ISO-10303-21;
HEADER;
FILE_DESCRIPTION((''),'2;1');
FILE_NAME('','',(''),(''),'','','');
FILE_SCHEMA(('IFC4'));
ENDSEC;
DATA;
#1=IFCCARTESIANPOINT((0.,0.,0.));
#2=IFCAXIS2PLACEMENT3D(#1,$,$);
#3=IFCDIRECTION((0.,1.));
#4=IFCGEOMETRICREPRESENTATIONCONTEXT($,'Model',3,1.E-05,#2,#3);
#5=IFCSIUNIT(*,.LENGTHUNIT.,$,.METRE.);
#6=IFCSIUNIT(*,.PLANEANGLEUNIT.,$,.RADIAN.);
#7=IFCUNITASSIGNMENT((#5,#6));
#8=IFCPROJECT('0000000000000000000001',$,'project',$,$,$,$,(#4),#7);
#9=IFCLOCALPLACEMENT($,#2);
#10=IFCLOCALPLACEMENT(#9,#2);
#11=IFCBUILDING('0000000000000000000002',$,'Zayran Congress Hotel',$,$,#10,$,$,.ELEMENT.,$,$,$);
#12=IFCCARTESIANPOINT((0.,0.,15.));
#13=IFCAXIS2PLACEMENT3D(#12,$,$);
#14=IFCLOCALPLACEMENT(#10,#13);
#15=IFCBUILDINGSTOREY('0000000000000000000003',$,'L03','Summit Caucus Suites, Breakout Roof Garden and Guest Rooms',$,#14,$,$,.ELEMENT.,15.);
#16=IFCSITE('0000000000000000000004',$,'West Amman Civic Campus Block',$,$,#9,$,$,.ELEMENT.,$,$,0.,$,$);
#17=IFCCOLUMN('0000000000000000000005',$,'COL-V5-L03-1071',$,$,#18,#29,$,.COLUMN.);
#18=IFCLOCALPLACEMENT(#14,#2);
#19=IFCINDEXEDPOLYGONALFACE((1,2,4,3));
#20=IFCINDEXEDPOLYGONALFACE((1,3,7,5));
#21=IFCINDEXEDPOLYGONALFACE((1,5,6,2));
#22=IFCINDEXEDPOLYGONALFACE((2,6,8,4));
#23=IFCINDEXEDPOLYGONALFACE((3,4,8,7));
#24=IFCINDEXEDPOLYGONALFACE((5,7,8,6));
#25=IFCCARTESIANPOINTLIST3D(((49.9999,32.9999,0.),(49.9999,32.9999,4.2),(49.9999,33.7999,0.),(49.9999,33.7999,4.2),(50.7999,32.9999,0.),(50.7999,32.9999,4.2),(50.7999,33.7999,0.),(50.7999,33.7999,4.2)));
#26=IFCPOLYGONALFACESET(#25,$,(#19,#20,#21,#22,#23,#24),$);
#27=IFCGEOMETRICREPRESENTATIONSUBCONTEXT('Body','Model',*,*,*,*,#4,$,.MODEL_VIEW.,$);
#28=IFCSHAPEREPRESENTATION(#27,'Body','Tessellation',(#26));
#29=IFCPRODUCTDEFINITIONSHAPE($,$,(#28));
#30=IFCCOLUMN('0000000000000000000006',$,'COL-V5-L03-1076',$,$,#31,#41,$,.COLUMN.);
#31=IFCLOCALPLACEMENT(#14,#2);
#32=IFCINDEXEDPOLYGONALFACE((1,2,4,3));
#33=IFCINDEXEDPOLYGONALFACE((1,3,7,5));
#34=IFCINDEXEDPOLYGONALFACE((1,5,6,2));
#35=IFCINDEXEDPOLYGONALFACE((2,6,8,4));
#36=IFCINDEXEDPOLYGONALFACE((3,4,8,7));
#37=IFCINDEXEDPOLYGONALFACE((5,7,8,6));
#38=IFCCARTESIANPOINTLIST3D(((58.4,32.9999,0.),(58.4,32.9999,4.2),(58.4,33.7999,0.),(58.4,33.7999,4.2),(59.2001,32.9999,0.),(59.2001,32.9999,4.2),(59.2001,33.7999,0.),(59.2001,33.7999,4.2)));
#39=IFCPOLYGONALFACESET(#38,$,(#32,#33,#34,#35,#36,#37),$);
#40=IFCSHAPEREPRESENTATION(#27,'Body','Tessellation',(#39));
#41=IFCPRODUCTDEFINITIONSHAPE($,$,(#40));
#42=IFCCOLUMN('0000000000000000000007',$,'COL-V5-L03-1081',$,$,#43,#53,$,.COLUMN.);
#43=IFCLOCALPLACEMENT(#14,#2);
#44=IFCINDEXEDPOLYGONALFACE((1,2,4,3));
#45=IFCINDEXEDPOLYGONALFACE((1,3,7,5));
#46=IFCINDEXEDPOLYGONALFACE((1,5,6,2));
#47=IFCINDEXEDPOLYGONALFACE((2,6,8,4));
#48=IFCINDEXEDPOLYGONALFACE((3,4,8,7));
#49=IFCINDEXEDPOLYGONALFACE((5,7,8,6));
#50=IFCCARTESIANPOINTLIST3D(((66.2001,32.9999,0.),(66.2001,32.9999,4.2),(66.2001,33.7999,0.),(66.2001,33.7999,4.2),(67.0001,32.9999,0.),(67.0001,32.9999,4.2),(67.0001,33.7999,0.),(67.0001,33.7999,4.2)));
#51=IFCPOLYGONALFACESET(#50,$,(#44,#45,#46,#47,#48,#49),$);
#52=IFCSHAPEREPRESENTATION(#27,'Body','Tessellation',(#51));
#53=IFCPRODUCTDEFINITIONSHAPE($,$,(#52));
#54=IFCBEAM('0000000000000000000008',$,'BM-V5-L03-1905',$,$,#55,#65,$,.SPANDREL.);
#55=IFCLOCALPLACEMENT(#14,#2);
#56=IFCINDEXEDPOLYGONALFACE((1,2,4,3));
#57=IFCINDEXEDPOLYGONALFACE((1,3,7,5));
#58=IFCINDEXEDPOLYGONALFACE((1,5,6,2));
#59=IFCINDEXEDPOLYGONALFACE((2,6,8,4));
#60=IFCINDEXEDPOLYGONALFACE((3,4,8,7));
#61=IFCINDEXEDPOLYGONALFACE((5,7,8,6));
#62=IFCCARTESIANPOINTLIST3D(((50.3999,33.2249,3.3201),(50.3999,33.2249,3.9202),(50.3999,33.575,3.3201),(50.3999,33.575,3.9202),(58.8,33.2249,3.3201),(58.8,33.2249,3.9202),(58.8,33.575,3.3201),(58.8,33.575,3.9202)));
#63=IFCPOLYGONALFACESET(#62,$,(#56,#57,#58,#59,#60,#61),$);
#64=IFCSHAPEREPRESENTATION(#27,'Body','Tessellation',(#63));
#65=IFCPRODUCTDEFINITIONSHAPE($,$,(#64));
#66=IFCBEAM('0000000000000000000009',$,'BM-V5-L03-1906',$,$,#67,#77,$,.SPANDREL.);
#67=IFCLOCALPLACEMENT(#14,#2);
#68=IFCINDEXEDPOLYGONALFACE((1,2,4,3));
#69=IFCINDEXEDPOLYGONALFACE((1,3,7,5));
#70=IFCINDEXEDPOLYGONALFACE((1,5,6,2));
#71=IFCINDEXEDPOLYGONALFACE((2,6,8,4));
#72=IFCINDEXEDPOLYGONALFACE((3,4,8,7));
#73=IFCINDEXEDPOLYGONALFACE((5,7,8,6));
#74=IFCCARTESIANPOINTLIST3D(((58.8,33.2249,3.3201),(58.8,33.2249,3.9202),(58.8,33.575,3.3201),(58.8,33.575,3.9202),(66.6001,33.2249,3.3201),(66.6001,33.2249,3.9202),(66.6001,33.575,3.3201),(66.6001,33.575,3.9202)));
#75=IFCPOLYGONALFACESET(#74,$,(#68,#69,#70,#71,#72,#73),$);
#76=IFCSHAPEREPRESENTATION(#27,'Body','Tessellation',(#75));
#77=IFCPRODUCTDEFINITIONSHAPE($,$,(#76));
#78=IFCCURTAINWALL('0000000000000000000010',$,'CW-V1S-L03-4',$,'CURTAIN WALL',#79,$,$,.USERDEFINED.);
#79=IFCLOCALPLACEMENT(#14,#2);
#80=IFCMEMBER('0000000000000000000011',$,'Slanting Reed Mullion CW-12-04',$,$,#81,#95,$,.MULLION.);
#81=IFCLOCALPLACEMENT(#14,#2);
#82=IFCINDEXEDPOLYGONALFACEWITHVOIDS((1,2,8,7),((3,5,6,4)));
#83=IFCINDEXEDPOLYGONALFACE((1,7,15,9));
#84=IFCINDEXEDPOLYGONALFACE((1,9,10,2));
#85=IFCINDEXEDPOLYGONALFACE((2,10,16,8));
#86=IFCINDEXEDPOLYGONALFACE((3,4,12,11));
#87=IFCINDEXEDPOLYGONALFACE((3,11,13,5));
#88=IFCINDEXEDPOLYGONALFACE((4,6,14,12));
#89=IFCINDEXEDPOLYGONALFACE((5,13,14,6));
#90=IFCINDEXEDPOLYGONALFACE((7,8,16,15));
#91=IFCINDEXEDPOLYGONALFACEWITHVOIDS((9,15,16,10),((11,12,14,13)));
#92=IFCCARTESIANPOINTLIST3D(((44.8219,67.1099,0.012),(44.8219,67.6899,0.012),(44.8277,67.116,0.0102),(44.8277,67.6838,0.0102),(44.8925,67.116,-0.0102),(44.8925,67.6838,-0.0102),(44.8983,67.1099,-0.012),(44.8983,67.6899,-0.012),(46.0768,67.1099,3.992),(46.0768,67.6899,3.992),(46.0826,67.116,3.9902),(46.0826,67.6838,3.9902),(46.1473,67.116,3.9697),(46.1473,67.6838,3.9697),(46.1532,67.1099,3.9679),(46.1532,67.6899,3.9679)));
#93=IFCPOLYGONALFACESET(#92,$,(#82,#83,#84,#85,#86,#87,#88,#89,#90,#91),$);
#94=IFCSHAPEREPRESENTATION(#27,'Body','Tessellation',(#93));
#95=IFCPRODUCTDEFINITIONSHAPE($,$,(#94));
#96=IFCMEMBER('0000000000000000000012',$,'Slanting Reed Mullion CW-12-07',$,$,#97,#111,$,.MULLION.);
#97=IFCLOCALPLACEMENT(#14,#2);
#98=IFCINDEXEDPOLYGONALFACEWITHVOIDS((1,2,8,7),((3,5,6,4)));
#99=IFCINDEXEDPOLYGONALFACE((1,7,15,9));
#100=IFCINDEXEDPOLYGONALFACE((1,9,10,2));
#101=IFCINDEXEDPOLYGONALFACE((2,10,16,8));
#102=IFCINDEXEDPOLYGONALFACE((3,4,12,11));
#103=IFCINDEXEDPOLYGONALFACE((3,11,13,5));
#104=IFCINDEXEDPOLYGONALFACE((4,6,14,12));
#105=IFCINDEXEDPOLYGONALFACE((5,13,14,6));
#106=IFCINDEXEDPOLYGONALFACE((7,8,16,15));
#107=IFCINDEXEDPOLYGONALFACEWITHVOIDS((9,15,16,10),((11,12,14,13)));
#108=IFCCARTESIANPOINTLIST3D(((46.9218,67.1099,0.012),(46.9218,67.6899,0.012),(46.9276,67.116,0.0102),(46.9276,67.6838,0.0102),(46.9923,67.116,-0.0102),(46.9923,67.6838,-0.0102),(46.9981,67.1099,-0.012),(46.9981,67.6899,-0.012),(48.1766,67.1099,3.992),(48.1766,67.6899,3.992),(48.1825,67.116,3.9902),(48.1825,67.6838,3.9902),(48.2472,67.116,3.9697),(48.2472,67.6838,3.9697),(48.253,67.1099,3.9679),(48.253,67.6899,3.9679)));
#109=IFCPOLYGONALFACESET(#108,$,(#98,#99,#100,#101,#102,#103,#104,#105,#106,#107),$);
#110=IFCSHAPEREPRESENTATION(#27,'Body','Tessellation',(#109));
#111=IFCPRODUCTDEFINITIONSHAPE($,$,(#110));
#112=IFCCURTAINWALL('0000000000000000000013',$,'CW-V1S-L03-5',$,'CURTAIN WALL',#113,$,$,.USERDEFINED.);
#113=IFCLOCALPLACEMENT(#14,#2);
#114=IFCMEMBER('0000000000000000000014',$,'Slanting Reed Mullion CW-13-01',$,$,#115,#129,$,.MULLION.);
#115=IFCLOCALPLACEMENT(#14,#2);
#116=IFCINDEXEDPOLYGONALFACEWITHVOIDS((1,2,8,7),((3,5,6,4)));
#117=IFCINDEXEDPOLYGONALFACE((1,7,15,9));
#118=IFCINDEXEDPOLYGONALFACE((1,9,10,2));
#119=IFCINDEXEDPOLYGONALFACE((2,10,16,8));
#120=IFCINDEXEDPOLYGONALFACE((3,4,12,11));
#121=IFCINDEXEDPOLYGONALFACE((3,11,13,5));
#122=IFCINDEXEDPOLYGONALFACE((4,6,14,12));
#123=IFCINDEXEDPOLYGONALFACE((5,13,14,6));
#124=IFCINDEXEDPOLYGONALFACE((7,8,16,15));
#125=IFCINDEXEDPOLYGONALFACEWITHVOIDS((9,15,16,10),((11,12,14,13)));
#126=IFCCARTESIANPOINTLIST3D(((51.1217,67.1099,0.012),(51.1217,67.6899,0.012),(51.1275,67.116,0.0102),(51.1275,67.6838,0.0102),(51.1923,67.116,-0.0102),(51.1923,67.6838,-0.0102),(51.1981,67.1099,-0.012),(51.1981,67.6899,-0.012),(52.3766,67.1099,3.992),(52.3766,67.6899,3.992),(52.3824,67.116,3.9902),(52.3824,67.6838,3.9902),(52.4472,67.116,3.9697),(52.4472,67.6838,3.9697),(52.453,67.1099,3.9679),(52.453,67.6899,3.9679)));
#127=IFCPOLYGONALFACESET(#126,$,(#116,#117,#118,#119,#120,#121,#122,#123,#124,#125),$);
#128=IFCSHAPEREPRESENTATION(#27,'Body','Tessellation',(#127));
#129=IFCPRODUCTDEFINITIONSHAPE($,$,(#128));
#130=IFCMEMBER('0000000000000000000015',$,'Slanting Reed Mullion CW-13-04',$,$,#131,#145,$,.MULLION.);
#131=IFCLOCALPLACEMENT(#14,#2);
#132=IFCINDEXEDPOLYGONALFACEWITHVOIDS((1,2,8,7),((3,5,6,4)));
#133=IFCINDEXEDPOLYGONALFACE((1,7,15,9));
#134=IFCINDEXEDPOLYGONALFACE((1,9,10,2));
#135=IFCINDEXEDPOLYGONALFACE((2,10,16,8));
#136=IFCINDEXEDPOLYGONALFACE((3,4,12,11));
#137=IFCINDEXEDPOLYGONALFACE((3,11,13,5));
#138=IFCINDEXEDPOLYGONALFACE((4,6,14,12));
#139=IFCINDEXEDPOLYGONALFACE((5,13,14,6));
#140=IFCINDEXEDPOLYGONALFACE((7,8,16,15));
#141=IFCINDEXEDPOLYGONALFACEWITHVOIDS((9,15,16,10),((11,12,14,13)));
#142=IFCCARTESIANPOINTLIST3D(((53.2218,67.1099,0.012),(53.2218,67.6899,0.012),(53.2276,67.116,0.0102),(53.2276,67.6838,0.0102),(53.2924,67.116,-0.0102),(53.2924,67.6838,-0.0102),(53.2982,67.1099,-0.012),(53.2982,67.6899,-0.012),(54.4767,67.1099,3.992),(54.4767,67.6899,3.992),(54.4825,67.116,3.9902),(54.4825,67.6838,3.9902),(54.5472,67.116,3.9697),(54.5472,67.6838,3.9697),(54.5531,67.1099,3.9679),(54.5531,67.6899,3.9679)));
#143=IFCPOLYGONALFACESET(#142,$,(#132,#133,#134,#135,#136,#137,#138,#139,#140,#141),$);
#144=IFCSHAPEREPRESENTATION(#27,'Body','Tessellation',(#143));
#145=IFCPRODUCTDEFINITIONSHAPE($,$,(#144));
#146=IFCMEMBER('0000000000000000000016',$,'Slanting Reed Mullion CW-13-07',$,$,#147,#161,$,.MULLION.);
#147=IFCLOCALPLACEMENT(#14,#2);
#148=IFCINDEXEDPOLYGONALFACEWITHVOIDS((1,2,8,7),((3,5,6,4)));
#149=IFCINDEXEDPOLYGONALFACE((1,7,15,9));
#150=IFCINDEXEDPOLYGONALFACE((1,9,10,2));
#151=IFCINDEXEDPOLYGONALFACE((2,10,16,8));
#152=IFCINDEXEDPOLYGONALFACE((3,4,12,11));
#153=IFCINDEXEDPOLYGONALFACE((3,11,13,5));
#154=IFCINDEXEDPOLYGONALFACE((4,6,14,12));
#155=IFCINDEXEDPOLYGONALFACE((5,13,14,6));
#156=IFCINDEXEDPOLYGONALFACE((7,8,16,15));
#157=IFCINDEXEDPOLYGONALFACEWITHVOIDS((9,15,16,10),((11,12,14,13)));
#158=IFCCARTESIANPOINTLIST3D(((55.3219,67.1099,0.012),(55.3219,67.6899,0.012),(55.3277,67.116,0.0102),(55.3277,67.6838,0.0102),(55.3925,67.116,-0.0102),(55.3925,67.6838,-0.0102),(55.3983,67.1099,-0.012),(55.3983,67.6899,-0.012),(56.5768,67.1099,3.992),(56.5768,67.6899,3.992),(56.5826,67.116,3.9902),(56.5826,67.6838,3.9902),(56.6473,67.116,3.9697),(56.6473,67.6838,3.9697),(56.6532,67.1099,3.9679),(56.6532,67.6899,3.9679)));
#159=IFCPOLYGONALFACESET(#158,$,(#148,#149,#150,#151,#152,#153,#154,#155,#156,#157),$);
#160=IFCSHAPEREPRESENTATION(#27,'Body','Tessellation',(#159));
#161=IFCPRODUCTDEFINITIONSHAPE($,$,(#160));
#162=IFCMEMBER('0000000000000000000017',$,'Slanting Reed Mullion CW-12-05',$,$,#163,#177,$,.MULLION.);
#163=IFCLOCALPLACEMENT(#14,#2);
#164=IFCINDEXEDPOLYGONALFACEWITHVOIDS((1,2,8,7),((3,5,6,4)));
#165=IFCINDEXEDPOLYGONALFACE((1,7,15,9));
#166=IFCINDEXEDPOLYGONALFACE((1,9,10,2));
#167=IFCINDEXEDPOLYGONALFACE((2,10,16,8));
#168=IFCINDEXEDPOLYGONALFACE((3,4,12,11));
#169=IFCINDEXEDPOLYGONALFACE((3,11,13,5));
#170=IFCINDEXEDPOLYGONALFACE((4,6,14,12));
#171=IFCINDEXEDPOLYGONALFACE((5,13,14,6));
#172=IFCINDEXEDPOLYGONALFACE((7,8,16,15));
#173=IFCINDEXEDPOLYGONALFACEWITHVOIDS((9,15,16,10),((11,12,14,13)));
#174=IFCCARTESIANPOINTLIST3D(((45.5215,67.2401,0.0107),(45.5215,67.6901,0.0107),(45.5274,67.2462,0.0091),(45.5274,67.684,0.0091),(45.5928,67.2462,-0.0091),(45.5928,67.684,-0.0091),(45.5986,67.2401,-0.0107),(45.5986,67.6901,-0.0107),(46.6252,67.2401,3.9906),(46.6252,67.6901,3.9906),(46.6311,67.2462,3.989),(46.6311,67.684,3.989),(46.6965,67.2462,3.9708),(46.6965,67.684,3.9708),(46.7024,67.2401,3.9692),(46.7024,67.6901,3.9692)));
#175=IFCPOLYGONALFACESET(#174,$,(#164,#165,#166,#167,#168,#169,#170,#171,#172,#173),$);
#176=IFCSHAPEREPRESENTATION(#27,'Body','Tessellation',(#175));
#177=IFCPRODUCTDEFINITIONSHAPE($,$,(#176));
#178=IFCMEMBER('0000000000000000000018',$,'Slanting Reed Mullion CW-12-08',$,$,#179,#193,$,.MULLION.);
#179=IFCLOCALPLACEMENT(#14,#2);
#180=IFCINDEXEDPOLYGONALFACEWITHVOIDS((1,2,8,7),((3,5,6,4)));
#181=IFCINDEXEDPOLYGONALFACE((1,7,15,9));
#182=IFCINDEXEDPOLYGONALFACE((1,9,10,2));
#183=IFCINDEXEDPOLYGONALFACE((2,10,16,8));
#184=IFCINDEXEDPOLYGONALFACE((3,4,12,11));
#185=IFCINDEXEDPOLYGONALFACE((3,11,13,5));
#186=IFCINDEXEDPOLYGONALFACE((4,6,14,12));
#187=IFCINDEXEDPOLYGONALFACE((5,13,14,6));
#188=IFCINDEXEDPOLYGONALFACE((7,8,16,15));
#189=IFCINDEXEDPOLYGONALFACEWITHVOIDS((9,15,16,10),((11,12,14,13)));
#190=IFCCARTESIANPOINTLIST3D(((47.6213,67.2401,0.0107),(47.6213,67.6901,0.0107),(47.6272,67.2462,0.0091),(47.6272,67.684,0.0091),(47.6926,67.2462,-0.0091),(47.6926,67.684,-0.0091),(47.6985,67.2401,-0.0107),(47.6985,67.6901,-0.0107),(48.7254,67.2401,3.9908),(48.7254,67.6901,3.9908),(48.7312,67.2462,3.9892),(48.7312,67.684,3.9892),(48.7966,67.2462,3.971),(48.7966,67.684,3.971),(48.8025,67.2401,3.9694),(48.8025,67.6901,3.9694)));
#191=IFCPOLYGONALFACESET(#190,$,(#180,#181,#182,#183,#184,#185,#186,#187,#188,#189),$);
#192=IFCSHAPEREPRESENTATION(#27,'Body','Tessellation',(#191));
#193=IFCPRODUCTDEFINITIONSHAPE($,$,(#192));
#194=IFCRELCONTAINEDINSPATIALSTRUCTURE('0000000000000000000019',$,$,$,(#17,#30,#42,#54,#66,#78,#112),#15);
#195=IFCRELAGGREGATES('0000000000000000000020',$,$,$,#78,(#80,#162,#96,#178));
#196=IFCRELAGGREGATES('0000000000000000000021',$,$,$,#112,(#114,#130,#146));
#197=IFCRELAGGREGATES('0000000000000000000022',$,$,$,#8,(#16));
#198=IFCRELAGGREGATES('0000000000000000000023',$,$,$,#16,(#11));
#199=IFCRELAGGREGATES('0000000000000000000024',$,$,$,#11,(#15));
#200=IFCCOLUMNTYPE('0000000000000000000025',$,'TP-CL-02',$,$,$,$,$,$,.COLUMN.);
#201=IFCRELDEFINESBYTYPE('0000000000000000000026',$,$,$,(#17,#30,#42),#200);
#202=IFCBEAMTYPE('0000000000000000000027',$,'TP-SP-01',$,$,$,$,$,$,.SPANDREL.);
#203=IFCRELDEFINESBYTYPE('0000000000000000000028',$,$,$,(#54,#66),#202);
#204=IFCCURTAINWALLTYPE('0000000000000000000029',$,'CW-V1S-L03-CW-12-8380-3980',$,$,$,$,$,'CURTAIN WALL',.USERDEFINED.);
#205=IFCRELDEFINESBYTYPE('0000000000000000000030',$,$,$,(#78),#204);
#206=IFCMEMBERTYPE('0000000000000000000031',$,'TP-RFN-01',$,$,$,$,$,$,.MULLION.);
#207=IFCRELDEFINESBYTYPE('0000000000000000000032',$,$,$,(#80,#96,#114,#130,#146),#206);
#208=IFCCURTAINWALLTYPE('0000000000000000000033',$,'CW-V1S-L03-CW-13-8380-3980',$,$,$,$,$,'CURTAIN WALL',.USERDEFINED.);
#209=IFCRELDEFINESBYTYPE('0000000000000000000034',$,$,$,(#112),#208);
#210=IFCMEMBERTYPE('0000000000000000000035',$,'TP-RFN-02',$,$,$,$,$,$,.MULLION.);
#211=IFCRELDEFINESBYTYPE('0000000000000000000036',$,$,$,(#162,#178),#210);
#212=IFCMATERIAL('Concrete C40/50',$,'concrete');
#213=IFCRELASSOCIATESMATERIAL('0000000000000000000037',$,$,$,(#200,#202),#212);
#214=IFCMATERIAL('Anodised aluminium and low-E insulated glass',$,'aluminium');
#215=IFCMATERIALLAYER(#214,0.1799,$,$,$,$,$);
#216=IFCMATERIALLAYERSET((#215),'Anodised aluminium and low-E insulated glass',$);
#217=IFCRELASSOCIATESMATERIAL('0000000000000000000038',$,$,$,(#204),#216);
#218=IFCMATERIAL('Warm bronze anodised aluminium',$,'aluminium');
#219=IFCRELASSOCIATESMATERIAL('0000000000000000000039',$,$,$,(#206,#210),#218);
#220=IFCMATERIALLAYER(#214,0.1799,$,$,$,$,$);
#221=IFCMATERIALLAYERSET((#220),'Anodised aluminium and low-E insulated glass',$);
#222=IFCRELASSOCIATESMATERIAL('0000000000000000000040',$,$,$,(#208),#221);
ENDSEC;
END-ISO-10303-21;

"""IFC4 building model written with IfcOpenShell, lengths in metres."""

from ifc_helpers import new_model, si_unit, direction, frame, origin, origin_2d, place, context, subcontext, project, spatial, rectangle, hollow_rectangle, extrude, material, layer, layer_set, material_profile, profile_set, type_object, element, aggregate, save


model = new_model("IFC4")

# Units and contexts
model_context = context("Model", 3, precision=1e-05, world=origin(), true_north=direction((0.0, 1.0)))
body_context = subcontext(model_context, "Body", "Model", "MODEL_VIEW")
ifc_project = project(units=[si_unit("LENGTHUNIT", "METRE"), si_unit("PLANEANGLEUNIT", "RADIAN")], contexts=[model_context])

# Site, building, storey
site_placement = place(None, origin())
site = spatial("IfcSite", under=ifc_project, at=site_placement, Name="West Amman Civic Campus Block", CompositionType="ELEMENT", RefElevation=0.0)
building_placement = place(site_placement, origin())
building = spatial("IfcBuilding", under=site, at=building_placement, Name="Zayran Congress Hotel", CompositionType="ELEMENT")
storey_placement = place(building_placement, frame((0.0, 0.0, 15.0)))
storey = spatial("IfcBuildingStorey", under=building, at=storey_placement, Name="L03", Description="Summit Caucus Suites, Breakout Roof Garden and Guest Rooms", CompositionType="ELEMENT", Elevation=15.0)

# Columns
ifc_material_1 = material(Name="Concrete C40/50", Category="concrete")
ifc_material_profile_1 = material_profile(ifc_material_1, rectangle(XDim=0.8, YDim=0.8, at=origin_2d()), Name="RC 800x800")
ifc_profile_set_1 = profile_set([ifc_material_profile_1], Name="Concrete C40/50")
column_type = type_object("IfcColumnType", Name="TP-CL-02", PredefinedType="COLUMN", material=ifc_profile_set_1)
for number, where, z_axis, x_axis, name in (
    (1, (50.3999, 33.3999, 0.0), (0.0, 0.0, 1.0), (1.0, 0.0, 0.0), "COL-V5-L03-1071"),
    (2, (58.8, 33.3999, 0.0), (0.0, 0.0, 1.0), (1.0, 0.0, 0.0), "COL-V5-L03-1076"),
    (3, (66.6001, 33.3999, 0.0), (0.0, 0.0, 1.0), (1.0, 0.0, 0.0), "COL-V5-L03-1081"),
):
    element("IfcColumn", number, at=place(storey_placement, frame(where, z_axis=z_axis, x_axis=x_axis)), inside=storey, type_object=column_type, Name=name, PredefinedType="COLUMN", context=body_context, shape_type="SweptSolid", body=[
        extrude(rectangle(XDim=0.8, YDim=0.8, at=origin_2d()), origin(), (0.0, 0.0, 1.0), 4.2),
    ])

# Beams
ifc_material_profile_2 = material_profile(ifc_material_1, rectangle(XDim=0.3501, YDim=0.6001, at=origin_2d()), Name="RC 350x600")
ifc_profile_set_2 = profile_set([ifc_material_profile_2], Name="Concrete C40/50")
beam_type = type_object("IfcBeamType", Name="TP-SP-01", PredefinedType="SPANDREL", material=ifc_profile_set_2)
beam_1_placement = place(storey_placement, frame((50.3999, 33.3999, 3.6201), z_axis=(1.0, 0.0, 0.0), x_axis=(0.0, 1.0, 0.0)))
element("IfcBeam", 4, at=beam_1_placement, inside=storey, type_object=beam_type, Name="BM-V5-L03-1905", PredefinedType="SPANDREL", context=body_context, shape_type="SweptSolid", body=[
    extrude(rectangle(XDim=0.3501, YDim=0.6001, at=origin_2d()), origin(), (0.0, 0.0, 1.0), 8.4001),
])
beam_2_placement = place(storey_placement, frame((58.8, 33.3999, 3.6201), z_axis=(1.0, 0.0, 0.0), x_axis=(0.0, 1.0, 0.0)))
element("IfcBeam", 5, at=beam_2_placement, inside=storey, type_object=beam_type, Name="BM-V5-L03-1906", PredefinedType="SPANDREL", context=body_context, shape_type="SweptSolid", body=[
    extrude(rectangle(XDim=0.3501, YDim=0.6001, at=origin_2d()), origin(), (0.0, 0.0, 1.0), 7.8),
])

# Curtain walls, members
ifc_material_2 = material(Name="Anodised aluminium and low-E insulated glass", Category="aluminium")
ifc_layer_1 = layer(ifc_material_2, 0.1799)
ifc_layer_set_1 = layer_set([ifc_layer_1], Name="Anodised aluminium and low-E insulated glass")
curtain_wall_type_1 = type_object("IfcCurtainWallType", Name="CW-V1S-L03-CW-12-8380-3980", ElementType="CURTAIN WALL", PredefinedType="USERDEFINED", material=ifc_layer_set_1)
curtain_wall_1_placement = place(storey_placement, origin())
curtain_wall_1 = element("IfcCurtainWall", 6, at=curtain_wall_1_placement, inside=storey, type_object=curtain_wall_type_1, Name="CW-V1S-L03-4", ObjectType="CURTAIN WALL", PredefinedType="USERDEFINED")
ifc_material_3 = material(Name="Warm bronze anodised aluminium", Category="aluminium")
ifc_material_profile_3 = material_profile(ifc_material_3, hollow_rectangle(XDim=0.0801, YDim=0.5801, WallThickness=0.0061, at=origin_2d()), Name="RHS 580x80x6")
ifc_profile_set_3 = profile_set([ifc_material_profile_3], Name="Warm bronze anodised aluminium")
member_type_1 = type_object("IfcMemberType", Name="TP-RFN-01", PredefinedType="MULLION", material=ifc_profile_set_3)
member_1_placement = place(storey_placement, frame((44.8601, 67.3999, 0.0), z_axis=(0.300706, 0.0, 0.953717), x_axis=(-0.953717, 0.0, 0.300706)))
member_1 = element("IfcMember", 7, at=member_1_placement, type_object=member_type_1, Name="Slanting Reed Mullion CW-12-04", PredefinedType="MULLION", context=body_context, shape_type="SweptSolid", body=[
    extrude(hollow_rectangle(XDim=0.0801, YDim=0.5801, WallThickness=0.0061, at=origin_2d()), origin(), (0.0, 0.0, 1.0), 4.1731),
])
member_2_placement = place(storey_placement, frame((46.96, 67.3999, 0.0), z_axis=(0.300706, 0.0, 0.953717), x_axis=(-0.953717, 0.0, 0.300706)))
member_2 = element("IfcMember", 8, at=member_2_placement, type_object=member_type_1, Name="Slanting Reed Mullion CW-12-07", PredefinedType="MULLION", context=body_context, shape_type="SweptSolid", body=[
    extrude(hollow_rectangle(XDim=0.0801, YDim=0.5801, WallThickness=0.0061, at=origin_2d()), origin(), (0.0, 0.0, 1.0), 4.1731),
])
ifc_layer_2 = layer(ifc_material_2, 0.1799)
ifc_layer_set_2 = layer_set([ifc_layer_2], Name="Anodised aluminium and low-E insulated glass")
curtain_wall_type_2 = type_object("IfcCurtainWallType", Name="CW-V1S-L03-CW-13-8380-3980", ElementType="CURTAIN WALL", PredefinedType="USERDEFINED", material=ifc_layer_set_2)
curtain_wall_2_placement = place(storey_placement, origin())
curtain_wall_2 = element("IfcCurtainWall", 9, at=curtain_wall_2_placement, inside=storey, type_object=curtain_wall_type_2, Name="CW-V1S-L03-5", ObjectType="CURTAIN WALL", PredefinedType="USERDEFINED")
member_3_placement = place(storey_placement, frame((51.1599, 67.3999, 0.0), z_axis=(0.300706, 0.0, 0.953717), x_axis=(-0.953717, 0.0, 0.300706)))
member_3 = element("IfcMember", 10, at=member_3_placement, type_object=member_type_1, Name="Slanting Reed Mullion CW-13-01", PredefinedType="MULLION", context=body_context, shape_type="SweptSolid", body=[
    extrude(hollow_rectangle(XDim=0.0801, YDim=0.5801, WallThickness=0.0061, at=origin_2d()), origin(), (0.0, 0.0, 1.0), 4.1731),
])
member_4_placement = place(storey_placement, frame((53.26, 67.3999, 0.0), z_axis=(0.300706, 0.0, 0.953717), x_axis=(-0.953717, 0.0, 0.300706)))
member_4 = element("IfcMember", 11, at=member_4_placement, type_object=member_type_1, Name="Slanting Reed Mullion CW-13-04", PredefinedType="MULLION", context=body_context, shape_type="SweptSolid", body=[
    extrude(hollow_rectangle(XDim=0.0801, YDim=0.5801, WallThickness=0.0061, at=origin_2d()), origin(), (0.0, 0.0, 1.0), 4.1731),
])
member_5_placement = place(storey_placement, frame((55.3601, 67.3999, 0.0), z_axis=(0.300706, 0.0, 0.953717), x_axis=(-0.953717, 0.0, 0.300706)))
member_5 = element("IfcMember", 12, at=member_5_placement, type_object=member_type_1, Name="Slanting Reed Mullion CW-13-07", PredefinedType="MULLION", context=body_context, shape_type="SweptSolid", body=[
    extrude(hollow_rectangle(XDim=0.0801, YDim=0.5801, WallThickness=0.0061, at=origin_2d()), origin(), (0.0, 0.0, 1.0), 4.1731),
])

# Members
ifc_material_profile_4 = material_profile(ifc_material_3, hollow_rectangle(XDim=0.0801, YDim=0.45, WallThickness=0.0061, at=origin_2d()), Name="RHS 450x80x6")
ifc_profile_set_4 = profile_set([ifc_material_profile_4], Name="Warm bronze anodised aluminium")
member_type_2 = type_object("IfcMemberType", Name="TP-RFN-02", PredefinedType="MULLION", material=ifc_profile_set_4)
member_6_placement = place(storey_placement, frame((45.5601, 67.4651, 0.0), z_axis=(0.267241, 0.0, 0.96363), x_axis=(-0.96363, 0.0, 0.267241)))
member_6 = element("IfcMember", 13, at=member_6_placement, type_object=member_type_2, Name="Slanting Reed Mullion CW-12-05", PredefinedType="MULLION", context=body_context, shape_type="SweptSolid", body=[
    extrude(hollow_rectangle(XDim=0.0801, YDim=0.45, WallThickness=0.0061, at=origin_2d()), origin(), (0.0, 0.0, 1.0), 4.1301),
])
member_7_placement = place(storey_placement, frame((47.6599, 67.4651, 0.0), z_axis=(0.267296, 0.0, 0.963614), x_axis=(-0.963614, 0.0, 0.267296)))
member_7 = element("IfcMember", 14, at=member_7_placement, type_object=member_type_2, Name="Slanting Reed Mullion CW-12-08", PredefinedType="MULLION", context=body_context, shape_type="SweptSolid", body=[
    extrude(hollow_rectangle(XDim=0.0801, YDim=0.45, WallThickness=0.0061, at=origin_2d()), origin(), (0.0, 0.0, 1.0), 4.1304),
])
aggregate(curtain_wall_1, [member_1, member_6, member_2, member_7])
aggregate(curtain_wall_2, [member_3, member_4, member_5])

save(model, "model.ifc")
